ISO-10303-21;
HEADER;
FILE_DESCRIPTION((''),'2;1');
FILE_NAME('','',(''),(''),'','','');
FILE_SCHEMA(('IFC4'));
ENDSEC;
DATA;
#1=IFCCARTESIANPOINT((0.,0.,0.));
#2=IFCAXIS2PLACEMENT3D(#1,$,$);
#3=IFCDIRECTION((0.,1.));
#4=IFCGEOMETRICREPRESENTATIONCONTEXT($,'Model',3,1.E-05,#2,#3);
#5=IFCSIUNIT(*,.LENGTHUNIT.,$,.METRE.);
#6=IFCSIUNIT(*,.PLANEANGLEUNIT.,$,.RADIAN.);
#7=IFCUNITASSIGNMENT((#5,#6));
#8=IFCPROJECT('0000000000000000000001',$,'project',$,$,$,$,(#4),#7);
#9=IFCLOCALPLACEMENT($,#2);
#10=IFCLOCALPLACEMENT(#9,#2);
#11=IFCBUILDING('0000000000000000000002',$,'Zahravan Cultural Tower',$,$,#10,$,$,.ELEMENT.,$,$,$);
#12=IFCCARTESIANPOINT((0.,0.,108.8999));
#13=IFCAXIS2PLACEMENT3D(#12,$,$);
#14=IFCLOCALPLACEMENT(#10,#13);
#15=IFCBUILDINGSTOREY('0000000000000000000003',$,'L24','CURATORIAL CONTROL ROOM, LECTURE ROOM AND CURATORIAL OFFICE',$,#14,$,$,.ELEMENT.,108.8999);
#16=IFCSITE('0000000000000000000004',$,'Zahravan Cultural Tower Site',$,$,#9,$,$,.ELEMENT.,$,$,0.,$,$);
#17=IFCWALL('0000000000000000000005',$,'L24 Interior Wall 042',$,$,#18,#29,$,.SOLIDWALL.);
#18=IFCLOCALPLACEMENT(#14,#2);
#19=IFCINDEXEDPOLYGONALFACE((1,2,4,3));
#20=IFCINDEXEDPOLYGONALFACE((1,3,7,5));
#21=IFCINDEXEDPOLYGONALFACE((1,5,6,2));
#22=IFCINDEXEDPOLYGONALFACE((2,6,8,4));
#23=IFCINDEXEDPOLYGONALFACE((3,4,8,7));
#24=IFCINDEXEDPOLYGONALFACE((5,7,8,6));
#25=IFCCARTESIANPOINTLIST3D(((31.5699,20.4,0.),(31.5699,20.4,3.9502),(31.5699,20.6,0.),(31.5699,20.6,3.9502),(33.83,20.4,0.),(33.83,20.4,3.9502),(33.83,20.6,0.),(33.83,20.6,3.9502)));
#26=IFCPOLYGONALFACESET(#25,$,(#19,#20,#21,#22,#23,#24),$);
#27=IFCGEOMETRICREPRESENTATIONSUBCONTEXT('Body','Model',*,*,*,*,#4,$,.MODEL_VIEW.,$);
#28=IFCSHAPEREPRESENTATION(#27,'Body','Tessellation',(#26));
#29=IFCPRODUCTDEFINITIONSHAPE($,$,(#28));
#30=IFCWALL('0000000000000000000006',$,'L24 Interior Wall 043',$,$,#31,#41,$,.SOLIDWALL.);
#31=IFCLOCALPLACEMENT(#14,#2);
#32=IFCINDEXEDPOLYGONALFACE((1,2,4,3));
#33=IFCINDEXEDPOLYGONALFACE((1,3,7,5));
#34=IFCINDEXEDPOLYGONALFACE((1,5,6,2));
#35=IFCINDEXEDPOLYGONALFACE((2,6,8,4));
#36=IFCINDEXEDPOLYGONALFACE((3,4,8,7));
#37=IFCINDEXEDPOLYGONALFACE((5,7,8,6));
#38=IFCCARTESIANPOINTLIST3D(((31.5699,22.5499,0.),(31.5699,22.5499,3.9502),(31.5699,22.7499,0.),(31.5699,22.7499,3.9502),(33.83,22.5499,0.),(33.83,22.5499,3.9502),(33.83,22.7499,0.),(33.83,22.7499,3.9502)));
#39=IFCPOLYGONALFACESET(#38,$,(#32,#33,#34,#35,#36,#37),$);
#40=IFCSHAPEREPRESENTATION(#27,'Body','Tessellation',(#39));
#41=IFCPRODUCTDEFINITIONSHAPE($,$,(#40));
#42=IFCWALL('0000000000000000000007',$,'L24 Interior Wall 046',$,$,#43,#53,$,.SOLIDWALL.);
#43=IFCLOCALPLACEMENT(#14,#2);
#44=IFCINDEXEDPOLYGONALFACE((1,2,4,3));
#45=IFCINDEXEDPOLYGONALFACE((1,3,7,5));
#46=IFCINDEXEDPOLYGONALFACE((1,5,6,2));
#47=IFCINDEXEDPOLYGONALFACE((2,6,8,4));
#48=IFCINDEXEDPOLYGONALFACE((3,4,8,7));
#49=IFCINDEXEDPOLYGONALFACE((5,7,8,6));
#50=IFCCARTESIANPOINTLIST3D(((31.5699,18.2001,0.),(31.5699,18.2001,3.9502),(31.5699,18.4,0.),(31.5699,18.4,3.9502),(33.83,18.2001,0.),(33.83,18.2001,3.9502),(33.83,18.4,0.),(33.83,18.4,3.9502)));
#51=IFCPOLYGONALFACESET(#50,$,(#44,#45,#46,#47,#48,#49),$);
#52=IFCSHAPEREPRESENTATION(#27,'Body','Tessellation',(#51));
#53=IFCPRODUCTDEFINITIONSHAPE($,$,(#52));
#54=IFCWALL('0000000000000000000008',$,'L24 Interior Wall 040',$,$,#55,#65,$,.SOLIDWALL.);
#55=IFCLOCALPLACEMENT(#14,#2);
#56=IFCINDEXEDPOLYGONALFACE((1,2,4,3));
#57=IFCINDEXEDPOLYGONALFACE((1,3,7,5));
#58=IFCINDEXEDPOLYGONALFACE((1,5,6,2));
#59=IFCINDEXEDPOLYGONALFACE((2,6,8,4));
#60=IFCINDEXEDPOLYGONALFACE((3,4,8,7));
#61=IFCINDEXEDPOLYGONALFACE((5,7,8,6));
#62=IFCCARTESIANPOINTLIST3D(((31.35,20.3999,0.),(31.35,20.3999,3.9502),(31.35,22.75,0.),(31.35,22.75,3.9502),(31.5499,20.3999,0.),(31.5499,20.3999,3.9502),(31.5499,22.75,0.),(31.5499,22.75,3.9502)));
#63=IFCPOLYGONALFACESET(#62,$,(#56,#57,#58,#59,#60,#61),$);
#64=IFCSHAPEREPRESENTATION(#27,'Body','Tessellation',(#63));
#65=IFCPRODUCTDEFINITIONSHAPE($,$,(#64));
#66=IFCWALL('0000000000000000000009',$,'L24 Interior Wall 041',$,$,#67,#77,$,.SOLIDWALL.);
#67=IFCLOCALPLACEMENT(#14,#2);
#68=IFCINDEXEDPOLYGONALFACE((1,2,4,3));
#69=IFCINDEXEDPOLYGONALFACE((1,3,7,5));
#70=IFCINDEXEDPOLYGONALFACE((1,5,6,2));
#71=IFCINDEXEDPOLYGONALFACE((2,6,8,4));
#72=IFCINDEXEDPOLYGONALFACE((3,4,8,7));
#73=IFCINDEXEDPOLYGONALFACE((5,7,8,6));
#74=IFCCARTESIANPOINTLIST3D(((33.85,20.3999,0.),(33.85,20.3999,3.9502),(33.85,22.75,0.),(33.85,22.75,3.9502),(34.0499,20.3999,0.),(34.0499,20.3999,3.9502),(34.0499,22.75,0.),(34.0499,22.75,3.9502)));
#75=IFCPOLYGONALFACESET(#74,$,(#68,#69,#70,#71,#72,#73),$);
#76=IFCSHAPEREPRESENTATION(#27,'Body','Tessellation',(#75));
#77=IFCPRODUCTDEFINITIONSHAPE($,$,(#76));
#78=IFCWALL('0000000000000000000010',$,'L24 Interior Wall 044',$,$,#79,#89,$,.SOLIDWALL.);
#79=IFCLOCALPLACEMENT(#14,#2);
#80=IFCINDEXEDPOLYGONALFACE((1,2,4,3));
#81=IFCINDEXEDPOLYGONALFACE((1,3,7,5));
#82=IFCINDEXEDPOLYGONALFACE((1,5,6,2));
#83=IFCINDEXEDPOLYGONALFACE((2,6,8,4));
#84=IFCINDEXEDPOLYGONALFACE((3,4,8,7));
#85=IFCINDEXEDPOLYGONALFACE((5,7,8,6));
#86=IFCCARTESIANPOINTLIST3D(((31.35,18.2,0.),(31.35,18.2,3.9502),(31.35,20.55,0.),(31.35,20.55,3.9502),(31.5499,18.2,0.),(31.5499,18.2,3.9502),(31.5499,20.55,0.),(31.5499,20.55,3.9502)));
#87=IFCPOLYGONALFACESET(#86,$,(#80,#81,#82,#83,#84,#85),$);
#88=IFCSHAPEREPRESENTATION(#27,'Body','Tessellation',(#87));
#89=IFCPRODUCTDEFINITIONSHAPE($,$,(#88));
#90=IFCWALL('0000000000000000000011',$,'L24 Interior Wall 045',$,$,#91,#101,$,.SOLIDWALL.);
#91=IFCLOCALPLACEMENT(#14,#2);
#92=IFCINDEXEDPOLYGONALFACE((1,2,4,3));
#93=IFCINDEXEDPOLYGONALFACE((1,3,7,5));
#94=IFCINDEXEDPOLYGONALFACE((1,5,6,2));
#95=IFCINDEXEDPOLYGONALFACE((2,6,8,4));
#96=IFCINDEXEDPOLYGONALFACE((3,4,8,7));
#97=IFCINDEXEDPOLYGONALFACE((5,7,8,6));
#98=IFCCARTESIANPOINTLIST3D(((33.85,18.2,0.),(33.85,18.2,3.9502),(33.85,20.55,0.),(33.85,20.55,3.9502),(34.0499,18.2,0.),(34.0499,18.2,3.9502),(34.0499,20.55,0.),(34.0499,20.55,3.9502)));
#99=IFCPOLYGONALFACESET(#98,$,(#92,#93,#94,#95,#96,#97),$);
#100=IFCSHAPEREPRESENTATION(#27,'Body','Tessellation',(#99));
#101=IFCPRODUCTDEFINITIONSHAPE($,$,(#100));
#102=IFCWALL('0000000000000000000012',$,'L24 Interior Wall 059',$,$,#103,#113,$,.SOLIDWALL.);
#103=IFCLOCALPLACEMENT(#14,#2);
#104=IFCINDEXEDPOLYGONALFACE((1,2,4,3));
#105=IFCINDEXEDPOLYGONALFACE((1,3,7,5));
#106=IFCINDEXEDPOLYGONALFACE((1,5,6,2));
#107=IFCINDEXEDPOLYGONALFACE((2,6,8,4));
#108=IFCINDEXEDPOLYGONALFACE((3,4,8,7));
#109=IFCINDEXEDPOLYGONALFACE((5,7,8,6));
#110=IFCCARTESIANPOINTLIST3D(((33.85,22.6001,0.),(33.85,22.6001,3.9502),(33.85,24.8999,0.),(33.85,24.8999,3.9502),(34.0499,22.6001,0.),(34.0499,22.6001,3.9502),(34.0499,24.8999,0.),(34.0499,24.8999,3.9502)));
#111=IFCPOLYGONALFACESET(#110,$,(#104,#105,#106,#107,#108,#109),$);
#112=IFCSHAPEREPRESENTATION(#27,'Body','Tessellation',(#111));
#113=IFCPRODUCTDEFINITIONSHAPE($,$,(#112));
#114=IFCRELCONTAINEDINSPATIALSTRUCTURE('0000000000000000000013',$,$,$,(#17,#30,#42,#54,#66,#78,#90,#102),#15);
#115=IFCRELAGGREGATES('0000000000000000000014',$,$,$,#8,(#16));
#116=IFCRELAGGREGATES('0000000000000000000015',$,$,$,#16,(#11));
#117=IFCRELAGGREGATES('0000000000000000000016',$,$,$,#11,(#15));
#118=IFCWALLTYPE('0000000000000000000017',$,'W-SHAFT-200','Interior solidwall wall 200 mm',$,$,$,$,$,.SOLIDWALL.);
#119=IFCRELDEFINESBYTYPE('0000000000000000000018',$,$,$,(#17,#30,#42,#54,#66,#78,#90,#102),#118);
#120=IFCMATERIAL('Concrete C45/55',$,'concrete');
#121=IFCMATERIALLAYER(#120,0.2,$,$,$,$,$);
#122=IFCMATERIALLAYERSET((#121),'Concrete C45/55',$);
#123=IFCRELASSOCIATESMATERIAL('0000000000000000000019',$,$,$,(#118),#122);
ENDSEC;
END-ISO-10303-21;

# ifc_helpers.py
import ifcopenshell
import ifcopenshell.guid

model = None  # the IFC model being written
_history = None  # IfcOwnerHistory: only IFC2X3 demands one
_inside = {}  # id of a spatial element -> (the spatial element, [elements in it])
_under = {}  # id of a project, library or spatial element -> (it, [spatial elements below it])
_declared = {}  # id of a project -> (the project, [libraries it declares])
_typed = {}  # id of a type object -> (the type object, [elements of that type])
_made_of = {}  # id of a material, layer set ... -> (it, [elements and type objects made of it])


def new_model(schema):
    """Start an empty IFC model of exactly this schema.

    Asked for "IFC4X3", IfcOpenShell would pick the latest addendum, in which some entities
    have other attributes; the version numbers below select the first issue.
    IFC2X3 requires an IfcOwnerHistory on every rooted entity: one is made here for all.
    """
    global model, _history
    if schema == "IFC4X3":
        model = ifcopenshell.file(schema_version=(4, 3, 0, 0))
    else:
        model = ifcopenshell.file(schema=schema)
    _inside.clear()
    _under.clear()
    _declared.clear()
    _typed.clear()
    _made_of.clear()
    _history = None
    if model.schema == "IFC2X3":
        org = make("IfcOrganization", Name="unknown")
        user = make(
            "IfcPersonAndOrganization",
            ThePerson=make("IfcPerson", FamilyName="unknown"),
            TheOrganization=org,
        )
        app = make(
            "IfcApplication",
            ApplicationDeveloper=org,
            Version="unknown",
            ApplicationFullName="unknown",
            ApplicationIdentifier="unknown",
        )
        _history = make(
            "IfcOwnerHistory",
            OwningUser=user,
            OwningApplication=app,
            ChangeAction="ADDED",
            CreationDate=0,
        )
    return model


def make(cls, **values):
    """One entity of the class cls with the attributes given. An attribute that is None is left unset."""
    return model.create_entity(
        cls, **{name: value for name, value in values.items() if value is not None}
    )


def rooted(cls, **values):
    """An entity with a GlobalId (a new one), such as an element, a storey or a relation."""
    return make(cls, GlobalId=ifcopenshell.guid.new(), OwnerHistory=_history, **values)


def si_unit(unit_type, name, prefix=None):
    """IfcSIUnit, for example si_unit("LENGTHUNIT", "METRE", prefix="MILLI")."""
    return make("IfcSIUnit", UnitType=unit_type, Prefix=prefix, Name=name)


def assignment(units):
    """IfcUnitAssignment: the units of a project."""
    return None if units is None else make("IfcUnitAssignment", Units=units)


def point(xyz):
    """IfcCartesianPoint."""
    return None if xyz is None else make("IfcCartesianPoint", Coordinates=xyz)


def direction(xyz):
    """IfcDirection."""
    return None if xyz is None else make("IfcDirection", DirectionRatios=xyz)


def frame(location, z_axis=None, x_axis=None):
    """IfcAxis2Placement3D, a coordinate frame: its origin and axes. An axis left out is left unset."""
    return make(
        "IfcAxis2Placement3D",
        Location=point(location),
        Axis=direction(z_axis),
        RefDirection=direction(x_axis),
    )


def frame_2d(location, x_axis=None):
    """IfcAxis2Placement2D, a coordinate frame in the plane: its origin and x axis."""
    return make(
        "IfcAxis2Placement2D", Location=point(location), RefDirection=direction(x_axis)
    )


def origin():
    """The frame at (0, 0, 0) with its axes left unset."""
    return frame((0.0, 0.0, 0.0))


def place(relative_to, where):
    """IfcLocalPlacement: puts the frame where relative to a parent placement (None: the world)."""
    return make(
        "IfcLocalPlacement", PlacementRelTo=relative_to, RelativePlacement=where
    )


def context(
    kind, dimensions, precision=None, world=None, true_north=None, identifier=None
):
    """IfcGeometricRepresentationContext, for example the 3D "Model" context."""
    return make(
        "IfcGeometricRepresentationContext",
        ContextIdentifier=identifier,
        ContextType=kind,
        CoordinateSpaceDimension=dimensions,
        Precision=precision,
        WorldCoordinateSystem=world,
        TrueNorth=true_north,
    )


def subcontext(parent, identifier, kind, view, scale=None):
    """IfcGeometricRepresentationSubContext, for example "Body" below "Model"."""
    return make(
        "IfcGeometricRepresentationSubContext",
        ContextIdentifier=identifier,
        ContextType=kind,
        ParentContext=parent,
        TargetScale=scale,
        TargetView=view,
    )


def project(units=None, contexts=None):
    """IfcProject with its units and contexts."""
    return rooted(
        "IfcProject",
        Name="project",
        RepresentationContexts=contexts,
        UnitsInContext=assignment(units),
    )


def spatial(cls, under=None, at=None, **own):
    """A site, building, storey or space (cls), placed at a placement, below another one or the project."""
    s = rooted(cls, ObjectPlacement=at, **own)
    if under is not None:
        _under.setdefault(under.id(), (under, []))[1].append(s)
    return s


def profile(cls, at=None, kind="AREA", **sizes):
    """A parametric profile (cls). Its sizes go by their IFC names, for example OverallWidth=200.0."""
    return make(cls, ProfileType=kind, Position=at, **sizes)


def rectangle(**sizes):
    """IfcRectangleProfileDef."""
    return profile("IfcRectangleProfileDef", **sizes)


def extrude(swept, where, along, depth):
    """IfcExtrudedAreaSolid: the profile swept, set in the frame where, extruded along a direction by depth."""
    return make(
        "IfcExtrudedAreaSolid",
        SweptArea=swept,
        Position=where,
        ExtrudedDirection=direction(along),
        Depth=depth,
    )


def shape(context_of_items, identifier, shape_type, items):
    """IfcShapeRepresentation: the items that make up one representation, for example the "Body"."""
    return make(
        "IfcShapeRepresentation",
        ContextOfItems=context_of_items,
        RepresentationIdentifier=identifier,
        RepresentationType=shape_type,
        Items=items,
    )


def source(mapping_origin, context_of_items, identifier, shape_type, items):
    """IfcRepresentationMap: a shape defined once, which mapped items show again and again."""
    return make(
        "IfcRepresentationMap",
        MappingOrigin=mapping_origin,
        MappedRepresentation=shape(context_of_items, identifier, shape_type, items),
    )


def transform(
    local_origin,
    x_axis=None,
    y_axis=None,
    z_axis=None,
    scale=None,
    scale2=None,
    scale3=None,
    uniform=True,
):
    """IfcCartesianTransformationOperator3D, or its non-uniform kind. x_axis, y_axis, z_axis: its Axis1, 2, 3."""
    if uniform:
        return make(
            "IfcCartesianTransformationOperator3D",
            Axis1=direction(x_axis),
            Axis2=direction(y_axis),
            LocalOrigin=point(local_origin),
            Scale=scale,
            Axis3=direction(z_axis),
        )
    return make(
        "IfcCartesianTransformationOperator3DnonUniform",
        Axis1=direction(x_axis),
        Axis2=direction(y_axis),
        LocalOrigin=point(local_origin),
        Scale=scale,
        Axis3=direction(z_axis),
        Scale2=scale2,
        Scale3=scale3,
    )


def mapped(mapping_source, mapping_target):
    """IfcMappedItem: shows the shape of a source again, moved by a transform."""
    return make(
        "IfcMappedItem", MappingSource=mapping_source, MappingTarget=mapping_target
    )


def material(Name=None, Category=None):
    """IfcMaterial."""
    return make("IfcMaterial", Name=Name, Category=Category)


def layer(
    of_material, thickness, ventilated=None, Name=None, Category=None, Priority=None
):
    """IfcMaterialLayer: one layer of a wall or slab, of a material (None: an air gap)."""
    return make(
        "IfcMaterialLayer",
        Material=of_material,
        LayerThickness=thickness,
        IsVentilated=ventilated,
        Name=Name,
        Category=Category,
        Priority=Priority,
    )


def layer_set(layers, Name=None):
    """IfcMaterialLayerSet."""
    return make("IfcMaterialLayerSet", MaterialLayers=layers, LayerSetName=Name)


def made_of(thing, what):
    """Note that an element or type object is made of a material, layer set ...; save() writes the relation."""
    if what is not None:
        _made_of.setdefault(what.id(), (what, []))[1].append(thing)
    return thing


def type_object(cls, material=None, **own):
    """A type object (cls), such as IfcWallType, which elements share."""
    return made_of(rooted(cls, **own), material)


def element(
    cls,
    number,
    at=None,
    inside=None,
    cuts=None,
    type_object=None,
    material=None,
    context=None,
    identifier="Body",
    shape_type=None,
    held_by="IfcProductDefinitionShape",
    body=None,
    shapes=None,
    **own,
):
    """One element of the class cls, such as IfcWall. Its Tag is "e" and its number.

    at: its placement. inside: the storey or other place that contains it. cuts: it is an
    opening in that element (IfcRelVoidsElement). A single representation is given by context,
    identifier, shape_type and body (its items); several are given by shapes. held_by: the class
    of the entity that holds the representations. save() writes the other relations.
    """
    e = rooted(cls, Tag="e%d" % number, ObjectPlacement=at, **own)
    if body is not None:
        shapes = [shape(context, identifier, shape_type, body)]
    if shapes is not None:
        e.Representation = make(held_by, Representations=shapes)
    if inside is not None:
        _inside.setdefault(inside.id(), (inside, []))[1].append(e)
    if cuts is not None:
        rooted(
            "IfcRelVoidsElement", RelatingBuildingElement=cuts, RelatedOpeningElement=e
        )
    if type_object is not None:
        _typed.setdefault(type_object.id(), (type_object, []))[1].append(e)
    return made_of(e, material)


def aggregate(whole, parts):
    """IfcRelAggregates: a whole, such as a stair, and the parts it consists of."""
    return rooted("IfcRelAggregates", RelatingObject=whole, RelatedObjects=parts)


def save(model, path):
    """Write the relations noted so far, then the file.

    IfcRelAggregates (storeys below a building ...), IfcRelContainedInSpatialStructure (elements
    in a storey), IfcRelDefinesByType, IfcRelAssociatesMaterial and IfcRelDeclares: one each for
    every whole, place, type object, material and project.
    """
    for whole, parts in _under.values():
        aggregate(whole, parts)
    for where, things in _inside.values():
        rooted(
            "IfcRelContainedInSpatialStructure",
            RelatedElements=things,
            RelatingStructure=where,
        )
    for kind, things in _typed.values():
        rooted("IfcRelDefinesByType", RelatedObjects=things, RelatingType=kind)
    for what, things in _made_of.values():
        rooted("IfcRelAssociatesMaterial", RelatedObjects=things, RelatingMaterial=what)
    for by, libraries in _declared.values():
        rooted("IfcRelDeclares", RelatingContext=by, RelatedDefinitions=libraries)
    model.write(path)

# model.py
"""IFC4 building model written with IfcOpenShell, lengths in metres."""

from ifc_helpers import new_model, si_unit, direction, frame, frame_2d, origin, place, context, subcontext, project, spatial, rectangle, extrude, source, transform, mapped, material, layer, layer_set, type_object, element, save


model = new_model("IFC4")

# Units and contexts
model_context = context("Model", 3, precision=1e-05, world=origin(), true_north=direction((0.0, 1.0)))
body_context = subcontext(model_context, "Body", "Model", "MODEL_VIEW")
ifc_project = project(units=[si_unit("LENGTHUNIT", "METRE"), si_unit("PLANEANGLEUNIT", "RADIAN")], contexts=[model_context])

# Site, building, storey
site_placement = place(None, origin())
site = spatial("IfcSite", under=ifc_project, at=site_placement, Name="Zahravan Cultural Tower Site", CompositionType="ELEMENT", RefElevation=0.0)
building_placement = place(site_placement, origin())
building = spatial("IfcBuilding", under=site, at=building_placement, Name="Zahravan Cultural Tower", CompositionType="ELEMENT")
storey_placement = place(building_placement, frame((0.0, 0.0, 108.8999)))
storey = spatial("IfcBuildingStorey", under=building, at=storey_placement, Name="L24", Description="CURATORIAL CONTROL ROOM, LECTURE ROOM AND CURATORIAL OFFICE", CompositionType="ELEMENT", Elevation=108.8999)

# Shared definitions
ifc_material_1 = material(Name="Concrete C45/55", Category="concrete")
ifc_layer_1 = layer(ifc_material_1, 0.2)
ifc_layer_set_1 = layer_set([ifc_layer_1], Name="Concrete C45/55")
wall_type = type_object("IfcWallType", Name="W-SHAFT-200", Description="Interior solidwall wall 200 mm", PredefinedType="SOLIDWALL", material=ifc_layer_set_1)

# Walls
shared_shape_1 = source(origin(), body_context, "Body", "SweptSolid", [
    extrude(rectangle(XDim=2.26, YDim=0.2, at=frame_2d((1.1299, 0.0))), origin(), (0.0, 0.0, 1.0), 3.9502),
])
for number, where, z_axis, x_axis, name in (
    (1, (31.5701, 20.5, 0.0), (0.0, 0.0, 1.0), (1.0, 0.0, 0.0), "L24 Interior Wall 042"),
    (2, (31.5701, 22.6499, 0.0), (0.0, 0.0, 1.0), (1.0, 0.0, 0.0), "L24 Interior Wall 043"),
    (3, (31.5701, 18.3, 0.0), (0.0, 0.0, 1.0), (1.0, 0.0, 0.0), "L24 Interior Wall 046"),
):
    element("IfcWall", number, at=place(storey_placement, frame(where, z_axis=z_axis, x_axis=x_axis)), inside=storey, type_object=wall_type, Name=name, PredefinedType="SOLIDWALL", context=body_context, shape_type="MappedRepresentation", body=[
        mapped(shared_shape_1, transform((0.0, 0.0, 0.0), x_axis=(1.0, 0.0, 0.0), y_axis=(0.0, 1.0, 0.0), z_axis=(0.0, 0.0, 1.0), scale=1.0)),
    ])
shared_shape_2 = source(origin(), body_context, "Body", "SweptSolid", [
    extrude(rectangle(XDim=2.3501, YDim=0.2, at=frame_2d((1.175, 0.0))), origin(), (0.0, 0.0, 1.0), 3.9502),
])
for number, where, z_axis, x_axis, name in (
    (4, (31.45, 20.3999, 0.0), (0.0, 0.0, 1.0), (0.0, 1.0, 0.0), "L24 Interior Wall 040"),
    (5, (33.95, 20.3999, 0.0), (0.0, 0.0, 1.0), (0.0, 1.0, 0.0), "L24 Interior Wall 041"),
    (6, (31.45, 18.2, 0.0), (0.0, 0.0, 1.0), (0.0, 1.0, 0.0), "L24 Interior Wall 044"),
    (7, (33.95, 18.2, 0.0), (0.0, 0.0, 1.0), (0.0, 1.0, 0.0), "L24 Interior Wall 045"),
):
    element("IfcWall", number, at=place(storey_placement, frame(where, z_axis=z_axis, x_axis=x_axis)), inside=storey, type_object=wall_type, Name=name, PredefinedType="SOLIDWALL", context=body_context, shape_type="MappedRepresentation", body=[
        mapped(shared_shape_2, transform((0.0, 0.0, 0.0), x_axis=(1.0, 0.0, 0.0), y_axis=(0.0, 1.0, 0.0), z_axis=(0.0, 0.0, 1.0), scale=1.0)),
    ])
shared_shape_3 = source(origin(), body_context, "Body", "SweptSolid", [
    extrude(rectangle(XDim=2.2998, YDim=0.2, at=frame_2d((1.1499, 0.0))), origin(), (0.0, 0.0, 1.0), 3.9502),
])
wall_1_placement = place(storey_placement, frame((33.95, 22.6001, 0.0), z_axis=(0.0, 0.0, 1.0), x_axis=(0.0, 1.0, 0.0)))
element("IfcWall", 8, at=wall_1_placement, inside=storey, type_object=wall_type, Name="L24 Interior Wall 059", PredefinedType="SOLIDWALL", context=body_context, shape_type="MappedRepresentation", body=[
    mapped(shared_shape_3, transform((0.0, 0.0, 0.0), x_axis=(1.0, 0.0, 0.0), y_axis=(0.0, 1.0, 0.0), z_axis=(0.0, 0.0, 1.0), scale=1.0)),
])

save(model, "model.ifc")
